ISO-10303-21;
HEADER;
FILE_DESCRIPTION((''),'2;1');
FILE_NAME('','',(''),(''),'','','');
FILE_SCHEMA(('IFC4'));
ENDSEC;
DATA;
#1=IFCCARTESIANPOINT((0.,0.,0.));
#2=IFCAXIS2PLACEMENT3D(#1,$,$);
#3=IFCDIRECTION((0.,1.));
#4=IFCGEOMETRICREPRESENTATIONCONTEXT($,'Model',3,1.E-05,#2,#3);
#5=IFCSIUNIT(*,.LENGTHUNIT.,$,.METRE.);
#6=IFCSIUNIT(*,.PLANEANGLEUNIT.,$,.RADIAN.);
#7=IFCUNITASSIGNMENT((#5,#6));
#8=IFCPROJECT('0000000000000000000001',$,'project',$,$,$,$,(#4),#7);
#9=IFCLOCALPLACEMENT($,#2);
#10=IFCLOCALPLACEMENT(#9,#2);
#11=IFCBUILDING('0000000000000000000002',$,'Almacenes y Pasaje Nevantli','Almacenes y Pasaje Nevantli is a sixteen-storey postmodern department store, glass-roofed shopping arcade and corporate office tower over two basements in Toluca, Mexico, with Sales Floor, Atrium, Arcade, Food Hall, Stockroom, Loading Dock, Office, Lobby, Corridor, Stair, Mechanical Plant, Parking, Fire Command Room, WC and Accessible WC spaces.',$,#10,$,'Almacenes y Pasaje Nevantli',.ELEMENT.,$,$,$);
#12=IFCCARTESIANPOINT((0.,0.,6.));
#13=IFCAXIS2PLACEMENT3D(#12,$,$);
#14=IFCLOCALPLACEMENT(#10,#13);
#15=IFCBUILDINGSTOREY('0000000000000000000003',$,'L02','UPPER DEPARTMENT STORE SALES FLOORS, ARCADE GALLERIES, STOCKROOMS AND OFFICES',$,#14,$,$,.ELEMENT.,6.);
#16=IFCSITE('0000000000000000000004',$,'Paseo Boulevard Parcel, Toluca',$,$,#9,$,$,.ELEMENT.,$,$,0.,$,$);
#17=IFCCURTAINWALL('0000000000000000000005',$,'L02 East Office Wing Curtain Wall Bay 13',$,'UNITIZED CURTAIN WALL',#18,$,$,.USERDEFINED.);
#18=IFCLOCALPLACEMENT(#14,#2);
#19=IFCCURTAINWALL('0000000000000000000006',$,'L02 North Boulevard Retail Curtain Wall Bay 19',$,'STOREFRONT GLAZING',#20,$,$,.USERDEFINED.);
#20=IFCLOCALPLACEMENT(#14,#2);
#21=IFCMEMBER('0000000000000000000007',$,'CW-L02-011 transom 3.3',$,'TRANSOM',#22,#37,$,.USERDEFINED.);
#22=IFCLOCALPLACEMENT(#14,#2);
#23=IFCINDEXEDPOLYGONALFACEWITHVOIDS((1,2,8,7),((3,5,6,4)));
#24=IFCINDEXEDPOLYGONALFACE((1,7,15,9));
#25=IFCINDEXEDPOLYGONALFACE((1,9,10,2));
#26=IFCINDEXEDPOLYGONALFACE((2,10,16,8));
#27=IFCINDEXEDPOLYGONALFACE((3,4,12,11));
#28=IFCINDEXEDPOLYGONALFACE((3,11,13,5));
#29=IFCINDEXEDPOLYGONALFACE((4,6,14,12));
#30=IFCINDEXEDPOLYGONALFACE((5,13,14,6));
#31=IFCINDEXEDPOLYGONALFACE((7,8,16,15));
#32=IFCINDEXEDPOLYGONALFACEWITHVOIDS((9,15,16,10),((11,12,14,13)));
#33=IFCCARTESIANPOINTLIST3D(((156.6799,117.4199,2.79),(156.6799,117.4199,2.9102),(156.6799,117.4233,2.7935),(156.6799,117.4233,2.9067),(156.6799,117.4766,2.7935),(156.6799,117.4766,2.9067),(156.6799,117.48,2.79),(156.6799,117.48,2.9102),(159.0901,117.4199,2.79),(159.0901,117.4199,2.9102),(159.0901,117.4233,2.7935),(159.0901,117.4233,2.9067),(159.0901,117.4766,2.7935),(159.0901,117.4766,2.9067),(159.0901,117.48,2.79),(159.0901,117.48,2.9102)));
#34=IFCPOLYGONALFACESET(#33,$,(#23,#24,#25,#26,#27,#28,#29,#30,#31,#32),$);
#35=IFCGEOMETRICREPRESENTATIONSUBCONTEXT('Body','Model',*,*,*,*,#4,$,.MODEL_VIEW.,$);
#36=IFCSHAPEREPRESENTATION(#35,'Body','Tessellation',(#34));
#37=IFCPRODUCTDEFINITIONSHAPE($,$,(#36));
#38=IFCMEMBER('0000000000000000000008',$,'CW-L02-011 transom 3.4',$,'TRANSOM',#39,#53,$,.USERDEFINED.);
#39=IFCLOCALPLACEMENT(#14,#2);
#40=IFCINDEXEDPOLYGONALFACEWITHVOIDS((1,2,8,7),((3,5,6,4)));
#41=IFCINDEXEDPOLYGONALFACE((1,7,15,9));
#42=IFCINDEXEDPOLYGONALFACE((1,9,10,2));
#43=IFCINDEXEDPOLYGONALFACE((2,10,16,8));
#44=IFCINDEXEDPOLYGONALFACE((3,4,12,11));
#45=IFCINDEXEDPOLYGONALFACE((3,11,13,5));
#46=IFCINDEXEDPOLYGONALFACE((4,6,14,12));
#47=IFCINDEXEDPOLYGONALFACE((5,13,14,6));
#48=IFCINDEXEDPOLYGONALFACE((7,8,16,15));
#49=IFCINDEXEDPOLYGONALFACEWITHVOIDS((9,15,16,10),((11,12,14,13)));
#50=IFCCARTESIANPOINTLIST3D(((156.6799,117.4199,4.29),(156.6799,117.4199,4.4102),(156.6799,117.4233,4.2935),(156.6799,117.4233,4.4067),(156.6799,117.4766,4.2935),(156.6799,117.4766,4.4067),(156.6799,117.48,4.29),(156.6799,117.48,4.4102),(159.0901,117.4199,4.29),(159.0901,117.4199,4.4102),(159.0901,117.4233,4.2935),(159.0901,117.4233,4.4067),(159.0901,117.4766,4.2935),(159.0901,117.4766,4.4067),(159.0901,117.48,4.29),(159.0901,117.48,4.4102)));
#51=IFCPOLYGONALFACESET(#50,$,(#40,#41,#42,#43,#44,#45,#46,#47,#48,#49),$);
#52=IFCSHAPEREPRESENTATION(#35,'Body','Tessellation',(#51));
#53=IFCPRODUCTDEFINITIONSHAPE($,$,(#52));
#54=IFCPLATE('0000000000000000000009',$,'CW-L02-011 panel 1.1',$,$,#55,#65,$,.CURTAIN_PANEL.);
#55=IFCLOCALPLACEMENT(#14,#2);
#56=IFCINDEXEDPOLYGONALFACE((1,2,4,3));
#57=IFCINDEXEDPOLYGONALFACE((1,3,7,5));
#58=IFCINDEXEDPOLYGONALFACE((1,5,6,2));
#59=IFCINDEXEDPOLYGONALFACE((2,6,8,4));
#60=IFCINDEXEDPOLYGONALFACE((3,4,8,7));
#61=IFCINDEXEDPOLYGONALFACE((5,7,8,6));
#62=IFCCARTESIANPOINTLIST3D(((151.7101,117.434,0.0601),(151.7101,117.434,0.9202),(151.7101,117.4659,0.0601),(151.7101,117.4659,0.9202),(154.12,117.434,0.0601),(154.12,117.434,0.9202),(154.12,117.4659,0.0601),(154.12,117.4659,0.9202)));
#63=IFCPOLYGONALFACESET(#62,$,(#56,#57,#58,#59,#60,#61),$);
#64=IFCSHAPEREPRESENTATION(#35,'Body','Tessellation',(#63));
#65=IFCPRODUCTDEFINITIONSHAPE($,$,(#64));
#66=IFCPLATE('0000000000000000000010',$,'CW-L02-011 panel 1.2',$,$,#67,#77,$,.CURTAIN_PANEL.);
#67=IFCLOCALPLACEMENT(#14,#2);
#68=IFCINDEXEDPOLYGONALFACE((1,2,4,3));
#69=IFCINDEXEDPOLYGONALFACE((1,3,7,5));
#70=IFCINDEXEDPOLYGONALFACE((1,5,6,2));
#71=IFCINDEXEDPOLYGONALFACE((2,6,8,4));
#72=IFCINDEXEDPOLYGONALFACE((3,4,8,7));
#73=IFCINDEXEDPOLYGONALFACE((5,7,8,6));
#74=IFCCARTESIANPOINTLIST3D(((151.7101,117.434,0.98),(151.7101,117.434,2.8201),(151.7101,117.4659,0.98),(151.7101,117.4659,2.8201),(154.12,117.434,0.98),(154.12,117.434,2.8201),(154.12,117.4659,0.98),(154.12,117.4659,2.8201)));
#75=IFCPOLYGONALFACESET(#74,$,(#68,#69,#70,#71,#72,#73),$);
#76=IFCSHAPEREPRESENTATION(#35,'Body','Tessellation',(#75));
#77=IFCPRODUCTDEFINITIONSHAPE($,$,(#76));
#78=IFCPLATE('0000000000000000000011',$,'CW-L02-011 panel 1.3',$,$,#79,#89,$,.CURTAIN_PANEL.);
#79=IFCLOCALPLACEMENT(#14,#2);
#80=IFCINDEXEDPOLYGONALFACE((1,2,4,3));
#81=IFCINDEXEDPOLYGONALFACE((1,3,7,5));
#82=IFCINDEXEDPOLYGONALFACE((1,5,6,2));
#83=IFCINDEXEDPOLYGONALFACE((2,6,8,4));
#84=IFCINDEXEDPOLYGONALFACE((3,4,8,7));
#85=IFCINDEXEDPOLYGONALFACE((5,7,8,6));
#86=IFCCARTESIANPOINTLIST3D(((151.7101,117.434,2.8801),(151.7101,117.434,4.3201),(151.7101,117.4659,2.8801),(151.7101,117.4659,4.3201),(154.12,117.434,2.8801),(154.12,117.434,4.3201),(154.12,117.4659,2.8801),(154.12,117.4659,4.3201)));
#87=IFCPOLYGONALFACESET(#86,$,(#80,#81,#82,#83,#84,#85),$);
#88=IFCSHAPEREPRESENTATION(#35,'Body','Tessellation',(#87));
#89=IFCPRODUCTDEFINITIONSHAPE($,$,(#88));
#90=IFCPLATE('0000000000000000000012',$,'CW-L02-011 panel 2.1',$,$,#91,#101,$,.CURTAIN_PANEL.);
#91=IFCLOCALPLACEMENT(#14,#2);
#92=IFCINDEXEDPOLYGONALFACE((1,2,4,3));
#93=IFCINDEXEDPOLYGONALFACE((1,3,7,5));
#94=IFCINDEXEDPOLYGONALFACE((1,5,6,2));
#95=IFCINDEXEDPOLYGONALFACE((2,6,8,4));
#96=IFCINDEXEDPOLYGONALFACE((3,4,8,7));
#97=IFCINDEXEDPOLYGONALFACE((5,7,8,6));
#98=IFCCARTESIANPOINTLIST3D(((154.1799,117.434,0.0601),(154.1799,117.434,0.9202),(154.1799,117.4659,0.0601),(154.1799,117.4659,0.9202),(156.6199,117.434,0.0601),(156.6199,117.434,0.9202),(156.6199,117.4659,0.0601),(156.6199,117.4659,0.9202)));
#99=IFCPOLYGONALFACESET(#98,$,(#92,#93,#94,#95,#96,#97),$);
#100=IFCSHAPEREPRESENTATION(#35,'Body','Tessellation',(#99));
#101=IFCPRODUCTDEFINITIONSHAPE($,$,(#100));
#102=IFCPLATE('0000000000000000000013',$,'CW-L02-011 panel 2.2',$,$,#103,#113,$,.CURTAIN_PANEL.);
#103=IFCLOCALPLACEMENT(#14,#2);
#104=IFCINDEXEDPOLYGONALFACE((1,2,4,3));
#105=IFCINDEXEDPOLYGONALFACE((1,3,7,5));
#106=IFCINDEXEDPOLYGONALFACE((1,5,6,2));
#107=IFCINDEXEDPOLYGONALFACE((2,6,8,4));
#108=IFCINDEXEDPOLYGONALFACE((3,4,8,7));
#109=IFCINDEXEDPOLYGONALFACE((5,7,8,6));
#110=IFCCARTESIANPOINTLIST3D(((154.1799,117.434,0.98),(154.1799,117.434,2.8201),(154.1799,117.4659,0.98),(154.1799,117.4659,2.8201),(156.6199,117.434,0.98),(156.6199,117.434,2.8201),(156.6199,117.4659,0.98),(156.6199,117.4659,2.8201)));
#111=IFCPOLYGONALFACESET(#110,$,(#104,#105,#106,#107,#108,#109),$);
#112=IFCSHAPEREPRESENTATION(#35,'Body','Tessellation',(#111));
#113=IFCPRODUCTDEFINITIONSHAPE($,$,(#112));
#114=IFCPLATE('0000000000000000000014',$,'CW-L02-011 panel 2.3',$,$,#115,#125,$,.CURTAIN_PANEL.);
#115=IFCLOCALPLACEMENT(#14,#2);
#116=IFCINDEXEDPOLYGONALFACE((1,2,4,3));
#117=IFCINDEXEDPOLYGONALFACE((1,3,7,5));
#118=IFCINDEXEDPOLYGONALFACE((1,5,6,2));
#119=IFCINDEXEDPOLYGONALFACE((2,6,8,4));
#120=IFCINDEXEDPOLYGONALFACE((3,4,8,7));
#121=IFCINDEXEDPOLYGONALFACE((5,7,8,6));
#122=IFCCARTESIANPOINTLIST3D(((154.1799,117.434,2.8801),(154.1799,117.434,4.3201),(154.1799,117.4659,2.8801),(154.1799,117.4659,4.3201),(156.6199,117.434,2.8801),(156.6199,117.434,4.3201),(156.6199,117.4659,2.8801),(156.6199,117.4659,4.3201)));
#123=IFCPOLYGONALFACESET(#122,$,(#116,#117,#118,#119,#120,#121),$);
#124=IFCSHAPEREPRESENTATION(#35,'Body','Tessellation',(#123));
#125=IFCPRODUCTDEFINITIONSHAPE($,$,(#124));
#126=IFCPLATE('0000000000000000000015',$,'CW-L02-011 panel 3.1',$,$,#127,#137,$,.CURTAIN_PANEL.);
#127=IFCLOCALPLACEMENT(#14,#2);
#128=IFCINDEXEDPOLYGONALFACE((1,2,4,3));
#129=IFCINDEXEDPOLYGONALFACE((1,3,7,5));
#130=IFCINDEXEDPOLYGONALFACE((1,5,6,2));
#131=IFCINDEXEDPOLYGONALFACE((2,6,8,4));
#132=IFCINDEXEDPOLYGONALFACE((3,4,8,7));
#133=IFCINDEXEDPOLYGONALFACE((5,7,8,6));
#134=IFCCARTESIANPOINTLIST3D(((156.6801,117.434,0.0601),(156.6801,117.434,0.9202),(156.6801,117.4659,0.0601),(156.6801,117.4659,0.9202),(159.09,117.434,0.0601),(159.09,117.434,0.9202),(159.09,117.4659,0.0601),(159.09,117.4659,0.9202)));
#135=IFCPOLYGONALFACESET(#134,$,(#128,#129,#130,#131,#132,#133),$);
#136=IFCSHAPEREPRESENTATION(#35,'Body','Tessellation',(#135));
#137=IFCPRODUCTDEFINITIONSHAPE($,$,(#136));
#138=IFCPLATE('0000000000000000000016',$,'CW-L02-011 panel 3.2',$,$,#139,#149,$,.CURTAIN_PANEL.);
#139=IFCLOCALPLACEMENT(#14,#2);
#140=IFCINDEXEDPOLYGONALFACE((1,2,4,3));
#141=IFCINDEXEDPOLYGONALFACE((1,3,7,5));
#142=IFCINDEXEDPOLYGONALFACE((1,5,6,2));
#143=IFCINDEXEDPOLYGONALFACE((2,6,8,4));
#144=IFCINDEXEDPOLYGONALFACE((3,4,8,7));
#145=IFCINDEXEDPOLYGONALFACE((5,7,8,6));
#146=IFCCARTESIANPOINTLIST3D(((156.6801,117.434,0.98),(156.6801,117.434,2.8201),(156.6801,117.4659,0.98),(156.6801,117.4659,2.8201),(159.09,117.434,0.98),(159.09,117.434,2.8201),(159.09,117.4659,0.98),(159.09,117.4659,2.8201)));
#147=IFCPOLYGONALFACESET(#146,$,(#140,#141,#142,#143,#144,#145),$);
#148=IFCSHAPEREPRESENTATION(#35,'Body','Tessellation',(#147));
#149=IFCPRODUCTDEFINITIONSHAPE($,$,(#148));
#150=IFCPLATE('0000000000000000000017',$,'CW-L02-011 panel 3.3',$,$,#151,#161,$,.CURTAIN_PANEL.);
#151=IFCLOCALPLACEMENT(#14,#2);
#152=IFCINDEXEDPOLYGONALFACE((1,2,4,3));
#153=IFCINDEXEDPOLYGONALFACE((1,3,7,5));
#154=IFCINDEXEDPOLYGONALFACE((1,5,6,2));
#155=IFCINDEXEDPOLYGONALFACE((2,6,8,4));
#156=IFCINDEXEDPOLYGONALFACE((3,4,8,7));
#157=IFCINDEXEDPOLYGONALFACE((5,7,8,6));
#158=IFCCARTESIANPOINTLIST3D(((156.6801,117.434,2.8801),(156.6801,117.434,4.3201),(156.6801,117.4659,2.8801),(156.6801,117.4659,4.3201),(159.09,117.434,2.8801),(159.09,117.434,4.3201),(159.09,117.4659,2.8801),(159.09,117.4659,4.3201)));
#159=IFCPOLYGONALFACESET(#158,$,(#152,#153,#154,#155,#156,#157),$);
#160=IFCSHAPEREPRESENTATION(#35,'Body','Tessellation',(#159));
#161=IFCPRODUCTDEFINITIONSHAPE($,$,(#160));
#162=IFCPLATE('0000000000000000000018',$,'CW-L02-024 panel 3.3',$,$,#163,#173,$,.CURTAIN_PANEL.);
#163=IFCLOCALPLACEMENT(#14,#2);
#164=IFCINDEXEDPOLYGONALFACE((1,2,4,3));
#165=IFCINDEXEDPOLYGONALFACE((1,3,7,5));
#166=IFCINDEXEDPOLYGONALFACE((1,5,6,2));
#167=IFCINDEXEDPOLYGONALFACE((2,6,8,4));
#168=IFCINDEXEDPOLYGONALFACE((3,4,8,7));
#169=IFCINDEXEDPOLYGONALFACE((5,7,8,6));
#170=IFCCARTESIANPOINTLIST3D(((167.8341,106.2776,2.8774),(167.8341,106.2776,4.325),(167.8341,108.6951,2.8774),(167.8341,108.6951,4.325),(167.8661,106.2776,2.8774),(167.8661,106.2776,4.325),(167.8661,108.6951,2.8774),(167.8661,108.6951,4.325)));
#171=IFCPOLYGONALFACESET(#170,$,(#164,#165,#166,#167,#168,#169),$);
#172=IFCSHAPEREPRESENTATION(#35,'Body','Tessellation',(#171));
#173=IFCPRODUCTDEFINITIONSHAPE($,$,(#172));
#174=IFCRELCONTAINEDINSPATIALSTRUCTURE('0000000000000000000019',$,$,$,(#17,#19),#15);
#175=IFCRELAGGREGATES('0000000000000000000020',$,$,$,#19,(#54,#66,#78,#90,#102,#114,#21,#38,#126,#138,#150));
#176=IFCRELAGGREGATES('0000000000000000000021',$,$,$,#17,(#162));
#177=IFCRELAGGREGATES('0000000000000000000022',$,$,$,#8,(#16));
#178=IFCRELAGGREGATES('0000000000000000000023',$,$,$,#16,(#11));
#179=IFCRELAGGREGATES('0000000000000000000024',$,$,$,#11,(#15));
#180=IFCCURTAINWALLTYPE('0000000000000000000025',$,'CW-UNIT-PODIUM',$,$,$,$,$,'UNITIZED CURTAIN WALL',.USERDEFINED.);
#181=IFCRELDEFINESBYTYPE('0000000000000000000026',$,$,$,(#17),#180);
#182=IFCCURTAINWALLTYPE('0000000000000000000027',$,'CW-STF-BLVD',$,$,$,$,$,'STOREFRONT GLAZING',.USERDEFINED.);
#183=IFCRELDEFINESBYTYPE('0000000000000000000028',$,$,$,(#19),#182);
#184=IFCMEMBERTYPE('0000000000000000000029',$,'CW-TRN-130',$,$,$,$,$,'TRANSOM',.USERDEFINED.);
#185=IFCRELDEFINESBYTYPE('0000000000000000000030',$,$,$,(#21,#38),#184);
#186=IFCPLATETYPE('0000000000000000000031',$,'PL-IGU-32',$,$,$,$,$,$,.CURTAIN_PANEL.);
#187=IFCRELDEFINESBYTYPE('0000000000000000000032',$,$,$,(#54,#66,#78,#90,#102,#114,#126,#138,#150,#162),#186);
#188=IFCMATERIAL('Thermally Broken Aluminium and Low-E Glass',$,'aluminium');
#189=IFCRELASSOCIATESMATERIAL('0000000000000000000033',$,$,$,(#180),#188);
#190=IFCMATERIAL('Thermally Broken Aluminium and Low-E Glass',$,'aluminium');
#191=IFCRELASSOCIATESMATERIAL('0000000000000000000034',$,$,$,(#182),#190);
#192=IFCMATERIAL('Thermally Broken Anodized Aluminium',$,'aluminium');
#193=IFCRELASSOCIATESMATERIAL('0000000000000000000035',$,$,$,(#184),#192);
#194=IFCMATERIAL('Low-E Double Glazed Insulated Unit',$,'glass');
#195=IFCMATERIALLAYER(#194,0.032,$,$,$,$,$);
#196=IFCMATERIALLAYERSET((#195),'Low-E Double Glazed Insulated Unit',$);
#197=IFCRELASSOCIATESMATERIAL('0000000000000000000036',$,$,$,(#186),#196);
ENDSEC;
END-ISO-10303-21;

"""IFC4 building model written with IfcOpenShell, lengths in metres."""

from ifc_helpers import new_model, si_unit, direction, frame, origin, origin_2d, place, context, subcontext, project, spatial, rectangle, hollow_rectangle, extrude, material, layer, layer_set, material_profile, profile_set, type_object, element, aggregate, save


model = new_model("IFC4")

# Units and contexts
model_context = context("Model", 3, precision=1e-05, world=origin(), true_north=direction((0.0, 1.0)))
body_context = subcontext(model_context, "Body", "Model", "MODEL_VIEW")
ifc_project = project(units=[si_unit("LENGTHUNIT", "METRE"), si_unit("PLANEANGLEUNIT", "RADIAN")], contexts=[model_context])

# Site, building, storey
site_placement = place(None, origin())
site = spatial("IfcSite", under=ifc_project, at=site_placement, Name="Paseo Boulevard Parcel, Toluca", CompositionType="ELEMENT", RefElevation=0.0)
building_placement = place(site_placement, origin())
building = spatial("IfcBuilding", under=site, at=building_placement, Name="Almacenes y Pasaje Nevantli", Description="Almacenes y Pasaje Nevantli is a sixteen-storey postmodern department store, glass-roofed shopping arcade and corporate office tower over two basements in Toluca, Mexico, with Sales Floor, Atrium, Arcade, Food Hall, Stockroom, Loading Dock, Office, Lobby, Corridor, Stair, Mechanical Plant, Parking, Fire Command Room, WC and Accessible WC spaces.", LongName="Almacenes y Pasaje Nevantli", CompositionType="ELEMENT")
storey_placement = place(building_placement, frame((0.0, 0.0, 6.0)))
storey = spatial("IfcBuildingStorey", under=building, at=storey_placement, Name="L02", Description="UPPER DEPARTMENT STORE SALES FLOORS, ARCADE GALLERIES, STOCKROOMS AND OFFICES", CompositionType="ELEMENT", Elevation=6.0)

# Curtain wall
ifc_material_1 = material(Name="Thermally Broken Aluminium and Low-E Glass", Category="aluminium")
curtain_wall_type_1 = type_object("IfcCurtainWallType", Name="CW-UNIT-PODIUM", ElementType="UNITIZED CURTAIN WALL", PredefinedType="USERDEFINED", material=ifc_material_1)
curtain_wall_1_placement = place(storey_placement, origin())
curtain_wall_1 = element("IfcCurtainWall", 1, at=curtain_wall_1_placement, inside=storey, type_object=curtain_wall_type_1, Name="L02 East Office Wing Curtain Wall Bay 13", ObjectType="UNITIZED CURTAIN WALL", PredefinedType="USERDEFINED")

# Curtain wall, members, plates
ifc_material_2 = material(Name="Thermally Broken Aluminium and Low-E Glass", Category="aluminium")
curtain_wall_type_2 = type_object("IfcCurtainWallType", Name="CW-STF-BLVD", ElementType="STOREFRONT GLAZING", PredefinedType="USERDEFINED", material=ifc_material_2)
curtain_wall_2_placement = place(storey_placement, origin())
curtain_wall_2 = element("IfcCurtainWall", 2, at=curtain_wall_2_placement, inside=storey, type_object=curtain_wall_type_2, Name="L02 North Boulevard Retail Curtain Wall Bay 19", ObjectType="STOREFRONT GLAZING", PredefinedType="USERDEFINED")
ifc_material_3 = material(Name="Thermally Broken Anodized Aluminium", Category="aluminium")
ifc_material_profile_1 = material_profile(ifc_material_3, hollow_rectangle(XDim=0.0601, YDim=0.1201, WallThickness=0.0034, at=origin_2d()), Name="ALU-TRN-60x120")
ifc_profile_set_1 = profile_set([ifc_material_profile_1], Name="Thermally Broken Anodized Aluminium")
member_type_1 = type_object("IfcMemberType", Name="CW-TRN-130", ElementType="TRANSOM", PredefinedType="USERDEFINED", material=ifc_profile_set_1)
member_1_placement = place(storey_placement, frame((156.6799, 117.45, 2.8501), z_axis=(1.0, 0.0, 0.0), x_axis=(0.0, 1.0, 0.0)))
member_1 = element("IfcMember", 3, at=member_1_placement, type_object=member_type_1, Name="CW-L02-011 transom 3.3", ObjectType="TRANSOM", PredefinedType="USERDEFINED", context=body_context, shape_type="SweptSolid", body=[
    extrude(hollow_rectangle(XDim=0.0601, YDim=0.1201, WallThickness=0.0034, at=origin_2d()), origin(), (0.0, 0.0, 1.0), 2.4102),
])
member_2_placement = place(storey_placement, frame((156.6799, 117.45, 4.3501), z_axis=(1.0, 0.0, 0.0), x_axis=(0.0, 1.0, 0.0)))
member_2 = element("IfcMember", 4, at=member_2_placement, type_object=member_type_1, Name="CW-L02-011 transom 3.4", ObjectType="TRANSOM", PredefinedType="USERDEFINED", context=body_context, shape_type="SweptSolid", body=[
    extrude(hollow_rectangle(XDim=0.0601, YDim=0.1201, WallThickness=0.0034, at=origin_2d()), origin(), (0.0, 0.0, 1.0), 2.4102),
])
ifc_material_4 = material(Name="Low-E Double Glazed Insulated Unit", Category="glass")
ifc_layer_1 = layer(ifc_material_4, 0.032)
ifc_layer_set_1 = layer_set([ifc_layer_1], Name="Low-E Double Glazed Insulated Unit")
plate_type = type_object("IfcPlateType", Name="PL-IGU-32", PredefinedType="CURTAIN_PANEL", material=ifc_layer_set_1)
plate_1_placement = place(storey_placement, frame((152.915, 117.45, 0.0601), z_axis=(0.0, 0.0, 1.0), x_axis=(1.0, 0.0, 0.0)))
plate_1 = element("IfcPlate", 5, at=plate_1_placement, type_object=plate_type, Name="CW-L02-011 panel 1.1", PredefinedType="CURTAIN_PANEL", context=body_context, shape_type="SweptSolid", body=[
    extrude(rectangle(XDim=2.4099, YDim=0.032, at=origin_2d()), origin(), (0.0, 0.0, 1.0), 0.8601),
])
plate_2_placement = place(storey_placement, frame((152.915, 117.45, 0.98), z_axis=(0.0, 0.0, 1.0), x_axis=(1.0, 0.0, 0.0)))
plate_2 = element("IfcPlate", 6, at=plate_2_placement, type_object=plate_type, Name="CW-L02-011 panel 1.2", PredefinedType="CURTAIN_PANEL", context=body_context, shape_type="SweptSolid", body=[
    extrude(rectangle(XDim=2.4099, YDim=0.032, at=origin_2d()), origin(), (0.0, 0.0, 1.0), 1.8401),
])
plate_3_placement = place(storey_placement, frame((152.915, 117.45, 2.8801), z_axis=(0.0, 0.0, 1.0), x_axis=(1.0, 0.0, 0.0)))
plate_3 = element("IfcPlate", 7, at=plate_3_placement, type_object=plate_type, Name="CW-L02-011 panel 1.3", PredefinedType="CURTAIN_PANEL", context=body_context, shape_type="SweptSolid", body=[
    extrude(rectangle(XDim=2.4099, YDim=0.032, at=origin_2d()), origin(), (0.0, 0.0, 1.0), 1.4399),
])
plate_4_placement = place(storey_placement, frame((155.3999, 117.45, 0.0601), z_axis=(0.0, 0.0, 1.0), x_axis=(1.0, 0.0, 0.0)))
plate_4 = element("IfcPlate", 8, at=plate_4_placement, type_object=plate_type, Name="CW-L02-011 panel 2.1", PredefinedType="CURTAIN_PANEL", context=body_context, shape_type="SweptSolid", body=[
    extrude(rectangle(XDim=2.4399, YDim=0.032, at=origin_2d()), origin(), (0.0, 0.0, 1.0), 0.8601),
])
plate_5_placement = place(storey_placement, frame((155.3999, 117.45, 0.98), z_axis=(0.0, 0.0, 1.0), x_axis=(1.0, 0.0, 0.0)))
plate_5 = element("IfcPlate", 9, at=plate_5_placement, type_object=plate_type, Name="CW-L02-011 panel 2.2", PredefinedType="CURTAIN_PANEL", context=body_context, shape_type="SweptSolid", body=[
    extrude(rectangle(XDim=2.4399, YDim=0.032, at=origin_2d()), origin(), (0.0, 0.0, 1.0), 1.8401),
])
plate_6_placement = place(storey_placement, frame((155.3999, 117.45, 2.8801), z_axis=(0.0, 0.0, 1.0), x_axis=(1.0, 0.0, 0.0)))
plate_6 = element("IfcPlate", 10, at=plate_6_placement, type_object=plate_type, Name="CW-L02-011 panel 2.3", PredefinedType="CURTAIN_PANEL", context=body_context, shape_type="SweptSolid", body=[
    extrude(rectangle(XDim=2.4399, YDim=0.032, at=origin_2d()), origin(), (0.0, 0.0, 1.0), 1.4399),
])
plate_7_placement = place(storey_placement, frame((157.885, 117.45, 0.0601), z_axis=(0.0, 0.0, 1.0), x_axis=(1.0, 0.0, 0.0)))
plate_7 = element("IfcPlate", 11, at=plate_7_placement, type_object=plate_type, Name="CW-L02-011 panel 3.1", PredefinedType="CURTAIN_PANEL", context=body_context, shape_type="SweptSolid", body=[
    extrude(rectangle(XDim=2.4099, YDim=0.032, at=origin_2d()), origin(), (0.0, 0.0, 1.0), 0.8601),
])
plate_8_placement = place(storey_placement, frame((157.885, 117.45, 0.98), z_axis=(0.0, 0.0, 1.0), x_axis=(1.0, 0.0, 0.0)))
plate_8 = element("IfcPlate", 12, at=plate_8_placement, type_object=plate_type, Name="CW-L02-011 panel 3.2", PredefinedType="CURTAIN_PANEL", context=body_context, shape_type="SweptSolid", body=[
    extrude(rectangle(XDim=2.4099, YDim=0.032, at=origin_2d()), origin(), (0.0, 0.0, 1.0), 1.8401),
])
plate_9_placement = place(storey_placement, frame((157.885, 117.45, 2.8801), z_axis=(0.0, 0.0, 1.0), x_axis=(1.0, 0.0, 0.0)))
plate_9 = element("IfcPlate", 13, at=plate_9_placement, type_object=plate_type, Name="CW-L02-011 panel 3.3", PredefinedType="CURTAIN_PANEL", context=body_context, shape_type="SweptSolid", body=[
    extrude(rectangle(XDim=2.4099, YDim=0.032, at=origin_2d()), origin(), (0.0, 0.0, 1.0), 1.4399),
])
aggregate(curtain_wall_2, [plate_1, plate_2, plate_3, plate_4, plate_5, plate_6, member_1, member_2, plate_7, plate_8, plate_9])

# Plate
plate_10_placement = place(storey_placement, frame((167.8501, 107.4863, 2.8774), z_axis=(0.0, 0.0, 1.0), x_axis=(0.0, 1.0, 0.0)))
plate_10 = element("IfcPlate", 14, at=plate_10_placement, type_object=plate_type, Name="CW-L02-024 panel 3.3", PredefinedType="CURTAIN_PANEL", context=body_context, shape_type="SweptSolid", body=[
    extrude(rectangle(XDim=2.4175, YDim=0.032, at=origin_2d()), origin(), (0.0, 0.0, 1.0), 1.4475),
])
aggregate(curtain_wall_1, [plate_10])

save(model, "model.ifc")
